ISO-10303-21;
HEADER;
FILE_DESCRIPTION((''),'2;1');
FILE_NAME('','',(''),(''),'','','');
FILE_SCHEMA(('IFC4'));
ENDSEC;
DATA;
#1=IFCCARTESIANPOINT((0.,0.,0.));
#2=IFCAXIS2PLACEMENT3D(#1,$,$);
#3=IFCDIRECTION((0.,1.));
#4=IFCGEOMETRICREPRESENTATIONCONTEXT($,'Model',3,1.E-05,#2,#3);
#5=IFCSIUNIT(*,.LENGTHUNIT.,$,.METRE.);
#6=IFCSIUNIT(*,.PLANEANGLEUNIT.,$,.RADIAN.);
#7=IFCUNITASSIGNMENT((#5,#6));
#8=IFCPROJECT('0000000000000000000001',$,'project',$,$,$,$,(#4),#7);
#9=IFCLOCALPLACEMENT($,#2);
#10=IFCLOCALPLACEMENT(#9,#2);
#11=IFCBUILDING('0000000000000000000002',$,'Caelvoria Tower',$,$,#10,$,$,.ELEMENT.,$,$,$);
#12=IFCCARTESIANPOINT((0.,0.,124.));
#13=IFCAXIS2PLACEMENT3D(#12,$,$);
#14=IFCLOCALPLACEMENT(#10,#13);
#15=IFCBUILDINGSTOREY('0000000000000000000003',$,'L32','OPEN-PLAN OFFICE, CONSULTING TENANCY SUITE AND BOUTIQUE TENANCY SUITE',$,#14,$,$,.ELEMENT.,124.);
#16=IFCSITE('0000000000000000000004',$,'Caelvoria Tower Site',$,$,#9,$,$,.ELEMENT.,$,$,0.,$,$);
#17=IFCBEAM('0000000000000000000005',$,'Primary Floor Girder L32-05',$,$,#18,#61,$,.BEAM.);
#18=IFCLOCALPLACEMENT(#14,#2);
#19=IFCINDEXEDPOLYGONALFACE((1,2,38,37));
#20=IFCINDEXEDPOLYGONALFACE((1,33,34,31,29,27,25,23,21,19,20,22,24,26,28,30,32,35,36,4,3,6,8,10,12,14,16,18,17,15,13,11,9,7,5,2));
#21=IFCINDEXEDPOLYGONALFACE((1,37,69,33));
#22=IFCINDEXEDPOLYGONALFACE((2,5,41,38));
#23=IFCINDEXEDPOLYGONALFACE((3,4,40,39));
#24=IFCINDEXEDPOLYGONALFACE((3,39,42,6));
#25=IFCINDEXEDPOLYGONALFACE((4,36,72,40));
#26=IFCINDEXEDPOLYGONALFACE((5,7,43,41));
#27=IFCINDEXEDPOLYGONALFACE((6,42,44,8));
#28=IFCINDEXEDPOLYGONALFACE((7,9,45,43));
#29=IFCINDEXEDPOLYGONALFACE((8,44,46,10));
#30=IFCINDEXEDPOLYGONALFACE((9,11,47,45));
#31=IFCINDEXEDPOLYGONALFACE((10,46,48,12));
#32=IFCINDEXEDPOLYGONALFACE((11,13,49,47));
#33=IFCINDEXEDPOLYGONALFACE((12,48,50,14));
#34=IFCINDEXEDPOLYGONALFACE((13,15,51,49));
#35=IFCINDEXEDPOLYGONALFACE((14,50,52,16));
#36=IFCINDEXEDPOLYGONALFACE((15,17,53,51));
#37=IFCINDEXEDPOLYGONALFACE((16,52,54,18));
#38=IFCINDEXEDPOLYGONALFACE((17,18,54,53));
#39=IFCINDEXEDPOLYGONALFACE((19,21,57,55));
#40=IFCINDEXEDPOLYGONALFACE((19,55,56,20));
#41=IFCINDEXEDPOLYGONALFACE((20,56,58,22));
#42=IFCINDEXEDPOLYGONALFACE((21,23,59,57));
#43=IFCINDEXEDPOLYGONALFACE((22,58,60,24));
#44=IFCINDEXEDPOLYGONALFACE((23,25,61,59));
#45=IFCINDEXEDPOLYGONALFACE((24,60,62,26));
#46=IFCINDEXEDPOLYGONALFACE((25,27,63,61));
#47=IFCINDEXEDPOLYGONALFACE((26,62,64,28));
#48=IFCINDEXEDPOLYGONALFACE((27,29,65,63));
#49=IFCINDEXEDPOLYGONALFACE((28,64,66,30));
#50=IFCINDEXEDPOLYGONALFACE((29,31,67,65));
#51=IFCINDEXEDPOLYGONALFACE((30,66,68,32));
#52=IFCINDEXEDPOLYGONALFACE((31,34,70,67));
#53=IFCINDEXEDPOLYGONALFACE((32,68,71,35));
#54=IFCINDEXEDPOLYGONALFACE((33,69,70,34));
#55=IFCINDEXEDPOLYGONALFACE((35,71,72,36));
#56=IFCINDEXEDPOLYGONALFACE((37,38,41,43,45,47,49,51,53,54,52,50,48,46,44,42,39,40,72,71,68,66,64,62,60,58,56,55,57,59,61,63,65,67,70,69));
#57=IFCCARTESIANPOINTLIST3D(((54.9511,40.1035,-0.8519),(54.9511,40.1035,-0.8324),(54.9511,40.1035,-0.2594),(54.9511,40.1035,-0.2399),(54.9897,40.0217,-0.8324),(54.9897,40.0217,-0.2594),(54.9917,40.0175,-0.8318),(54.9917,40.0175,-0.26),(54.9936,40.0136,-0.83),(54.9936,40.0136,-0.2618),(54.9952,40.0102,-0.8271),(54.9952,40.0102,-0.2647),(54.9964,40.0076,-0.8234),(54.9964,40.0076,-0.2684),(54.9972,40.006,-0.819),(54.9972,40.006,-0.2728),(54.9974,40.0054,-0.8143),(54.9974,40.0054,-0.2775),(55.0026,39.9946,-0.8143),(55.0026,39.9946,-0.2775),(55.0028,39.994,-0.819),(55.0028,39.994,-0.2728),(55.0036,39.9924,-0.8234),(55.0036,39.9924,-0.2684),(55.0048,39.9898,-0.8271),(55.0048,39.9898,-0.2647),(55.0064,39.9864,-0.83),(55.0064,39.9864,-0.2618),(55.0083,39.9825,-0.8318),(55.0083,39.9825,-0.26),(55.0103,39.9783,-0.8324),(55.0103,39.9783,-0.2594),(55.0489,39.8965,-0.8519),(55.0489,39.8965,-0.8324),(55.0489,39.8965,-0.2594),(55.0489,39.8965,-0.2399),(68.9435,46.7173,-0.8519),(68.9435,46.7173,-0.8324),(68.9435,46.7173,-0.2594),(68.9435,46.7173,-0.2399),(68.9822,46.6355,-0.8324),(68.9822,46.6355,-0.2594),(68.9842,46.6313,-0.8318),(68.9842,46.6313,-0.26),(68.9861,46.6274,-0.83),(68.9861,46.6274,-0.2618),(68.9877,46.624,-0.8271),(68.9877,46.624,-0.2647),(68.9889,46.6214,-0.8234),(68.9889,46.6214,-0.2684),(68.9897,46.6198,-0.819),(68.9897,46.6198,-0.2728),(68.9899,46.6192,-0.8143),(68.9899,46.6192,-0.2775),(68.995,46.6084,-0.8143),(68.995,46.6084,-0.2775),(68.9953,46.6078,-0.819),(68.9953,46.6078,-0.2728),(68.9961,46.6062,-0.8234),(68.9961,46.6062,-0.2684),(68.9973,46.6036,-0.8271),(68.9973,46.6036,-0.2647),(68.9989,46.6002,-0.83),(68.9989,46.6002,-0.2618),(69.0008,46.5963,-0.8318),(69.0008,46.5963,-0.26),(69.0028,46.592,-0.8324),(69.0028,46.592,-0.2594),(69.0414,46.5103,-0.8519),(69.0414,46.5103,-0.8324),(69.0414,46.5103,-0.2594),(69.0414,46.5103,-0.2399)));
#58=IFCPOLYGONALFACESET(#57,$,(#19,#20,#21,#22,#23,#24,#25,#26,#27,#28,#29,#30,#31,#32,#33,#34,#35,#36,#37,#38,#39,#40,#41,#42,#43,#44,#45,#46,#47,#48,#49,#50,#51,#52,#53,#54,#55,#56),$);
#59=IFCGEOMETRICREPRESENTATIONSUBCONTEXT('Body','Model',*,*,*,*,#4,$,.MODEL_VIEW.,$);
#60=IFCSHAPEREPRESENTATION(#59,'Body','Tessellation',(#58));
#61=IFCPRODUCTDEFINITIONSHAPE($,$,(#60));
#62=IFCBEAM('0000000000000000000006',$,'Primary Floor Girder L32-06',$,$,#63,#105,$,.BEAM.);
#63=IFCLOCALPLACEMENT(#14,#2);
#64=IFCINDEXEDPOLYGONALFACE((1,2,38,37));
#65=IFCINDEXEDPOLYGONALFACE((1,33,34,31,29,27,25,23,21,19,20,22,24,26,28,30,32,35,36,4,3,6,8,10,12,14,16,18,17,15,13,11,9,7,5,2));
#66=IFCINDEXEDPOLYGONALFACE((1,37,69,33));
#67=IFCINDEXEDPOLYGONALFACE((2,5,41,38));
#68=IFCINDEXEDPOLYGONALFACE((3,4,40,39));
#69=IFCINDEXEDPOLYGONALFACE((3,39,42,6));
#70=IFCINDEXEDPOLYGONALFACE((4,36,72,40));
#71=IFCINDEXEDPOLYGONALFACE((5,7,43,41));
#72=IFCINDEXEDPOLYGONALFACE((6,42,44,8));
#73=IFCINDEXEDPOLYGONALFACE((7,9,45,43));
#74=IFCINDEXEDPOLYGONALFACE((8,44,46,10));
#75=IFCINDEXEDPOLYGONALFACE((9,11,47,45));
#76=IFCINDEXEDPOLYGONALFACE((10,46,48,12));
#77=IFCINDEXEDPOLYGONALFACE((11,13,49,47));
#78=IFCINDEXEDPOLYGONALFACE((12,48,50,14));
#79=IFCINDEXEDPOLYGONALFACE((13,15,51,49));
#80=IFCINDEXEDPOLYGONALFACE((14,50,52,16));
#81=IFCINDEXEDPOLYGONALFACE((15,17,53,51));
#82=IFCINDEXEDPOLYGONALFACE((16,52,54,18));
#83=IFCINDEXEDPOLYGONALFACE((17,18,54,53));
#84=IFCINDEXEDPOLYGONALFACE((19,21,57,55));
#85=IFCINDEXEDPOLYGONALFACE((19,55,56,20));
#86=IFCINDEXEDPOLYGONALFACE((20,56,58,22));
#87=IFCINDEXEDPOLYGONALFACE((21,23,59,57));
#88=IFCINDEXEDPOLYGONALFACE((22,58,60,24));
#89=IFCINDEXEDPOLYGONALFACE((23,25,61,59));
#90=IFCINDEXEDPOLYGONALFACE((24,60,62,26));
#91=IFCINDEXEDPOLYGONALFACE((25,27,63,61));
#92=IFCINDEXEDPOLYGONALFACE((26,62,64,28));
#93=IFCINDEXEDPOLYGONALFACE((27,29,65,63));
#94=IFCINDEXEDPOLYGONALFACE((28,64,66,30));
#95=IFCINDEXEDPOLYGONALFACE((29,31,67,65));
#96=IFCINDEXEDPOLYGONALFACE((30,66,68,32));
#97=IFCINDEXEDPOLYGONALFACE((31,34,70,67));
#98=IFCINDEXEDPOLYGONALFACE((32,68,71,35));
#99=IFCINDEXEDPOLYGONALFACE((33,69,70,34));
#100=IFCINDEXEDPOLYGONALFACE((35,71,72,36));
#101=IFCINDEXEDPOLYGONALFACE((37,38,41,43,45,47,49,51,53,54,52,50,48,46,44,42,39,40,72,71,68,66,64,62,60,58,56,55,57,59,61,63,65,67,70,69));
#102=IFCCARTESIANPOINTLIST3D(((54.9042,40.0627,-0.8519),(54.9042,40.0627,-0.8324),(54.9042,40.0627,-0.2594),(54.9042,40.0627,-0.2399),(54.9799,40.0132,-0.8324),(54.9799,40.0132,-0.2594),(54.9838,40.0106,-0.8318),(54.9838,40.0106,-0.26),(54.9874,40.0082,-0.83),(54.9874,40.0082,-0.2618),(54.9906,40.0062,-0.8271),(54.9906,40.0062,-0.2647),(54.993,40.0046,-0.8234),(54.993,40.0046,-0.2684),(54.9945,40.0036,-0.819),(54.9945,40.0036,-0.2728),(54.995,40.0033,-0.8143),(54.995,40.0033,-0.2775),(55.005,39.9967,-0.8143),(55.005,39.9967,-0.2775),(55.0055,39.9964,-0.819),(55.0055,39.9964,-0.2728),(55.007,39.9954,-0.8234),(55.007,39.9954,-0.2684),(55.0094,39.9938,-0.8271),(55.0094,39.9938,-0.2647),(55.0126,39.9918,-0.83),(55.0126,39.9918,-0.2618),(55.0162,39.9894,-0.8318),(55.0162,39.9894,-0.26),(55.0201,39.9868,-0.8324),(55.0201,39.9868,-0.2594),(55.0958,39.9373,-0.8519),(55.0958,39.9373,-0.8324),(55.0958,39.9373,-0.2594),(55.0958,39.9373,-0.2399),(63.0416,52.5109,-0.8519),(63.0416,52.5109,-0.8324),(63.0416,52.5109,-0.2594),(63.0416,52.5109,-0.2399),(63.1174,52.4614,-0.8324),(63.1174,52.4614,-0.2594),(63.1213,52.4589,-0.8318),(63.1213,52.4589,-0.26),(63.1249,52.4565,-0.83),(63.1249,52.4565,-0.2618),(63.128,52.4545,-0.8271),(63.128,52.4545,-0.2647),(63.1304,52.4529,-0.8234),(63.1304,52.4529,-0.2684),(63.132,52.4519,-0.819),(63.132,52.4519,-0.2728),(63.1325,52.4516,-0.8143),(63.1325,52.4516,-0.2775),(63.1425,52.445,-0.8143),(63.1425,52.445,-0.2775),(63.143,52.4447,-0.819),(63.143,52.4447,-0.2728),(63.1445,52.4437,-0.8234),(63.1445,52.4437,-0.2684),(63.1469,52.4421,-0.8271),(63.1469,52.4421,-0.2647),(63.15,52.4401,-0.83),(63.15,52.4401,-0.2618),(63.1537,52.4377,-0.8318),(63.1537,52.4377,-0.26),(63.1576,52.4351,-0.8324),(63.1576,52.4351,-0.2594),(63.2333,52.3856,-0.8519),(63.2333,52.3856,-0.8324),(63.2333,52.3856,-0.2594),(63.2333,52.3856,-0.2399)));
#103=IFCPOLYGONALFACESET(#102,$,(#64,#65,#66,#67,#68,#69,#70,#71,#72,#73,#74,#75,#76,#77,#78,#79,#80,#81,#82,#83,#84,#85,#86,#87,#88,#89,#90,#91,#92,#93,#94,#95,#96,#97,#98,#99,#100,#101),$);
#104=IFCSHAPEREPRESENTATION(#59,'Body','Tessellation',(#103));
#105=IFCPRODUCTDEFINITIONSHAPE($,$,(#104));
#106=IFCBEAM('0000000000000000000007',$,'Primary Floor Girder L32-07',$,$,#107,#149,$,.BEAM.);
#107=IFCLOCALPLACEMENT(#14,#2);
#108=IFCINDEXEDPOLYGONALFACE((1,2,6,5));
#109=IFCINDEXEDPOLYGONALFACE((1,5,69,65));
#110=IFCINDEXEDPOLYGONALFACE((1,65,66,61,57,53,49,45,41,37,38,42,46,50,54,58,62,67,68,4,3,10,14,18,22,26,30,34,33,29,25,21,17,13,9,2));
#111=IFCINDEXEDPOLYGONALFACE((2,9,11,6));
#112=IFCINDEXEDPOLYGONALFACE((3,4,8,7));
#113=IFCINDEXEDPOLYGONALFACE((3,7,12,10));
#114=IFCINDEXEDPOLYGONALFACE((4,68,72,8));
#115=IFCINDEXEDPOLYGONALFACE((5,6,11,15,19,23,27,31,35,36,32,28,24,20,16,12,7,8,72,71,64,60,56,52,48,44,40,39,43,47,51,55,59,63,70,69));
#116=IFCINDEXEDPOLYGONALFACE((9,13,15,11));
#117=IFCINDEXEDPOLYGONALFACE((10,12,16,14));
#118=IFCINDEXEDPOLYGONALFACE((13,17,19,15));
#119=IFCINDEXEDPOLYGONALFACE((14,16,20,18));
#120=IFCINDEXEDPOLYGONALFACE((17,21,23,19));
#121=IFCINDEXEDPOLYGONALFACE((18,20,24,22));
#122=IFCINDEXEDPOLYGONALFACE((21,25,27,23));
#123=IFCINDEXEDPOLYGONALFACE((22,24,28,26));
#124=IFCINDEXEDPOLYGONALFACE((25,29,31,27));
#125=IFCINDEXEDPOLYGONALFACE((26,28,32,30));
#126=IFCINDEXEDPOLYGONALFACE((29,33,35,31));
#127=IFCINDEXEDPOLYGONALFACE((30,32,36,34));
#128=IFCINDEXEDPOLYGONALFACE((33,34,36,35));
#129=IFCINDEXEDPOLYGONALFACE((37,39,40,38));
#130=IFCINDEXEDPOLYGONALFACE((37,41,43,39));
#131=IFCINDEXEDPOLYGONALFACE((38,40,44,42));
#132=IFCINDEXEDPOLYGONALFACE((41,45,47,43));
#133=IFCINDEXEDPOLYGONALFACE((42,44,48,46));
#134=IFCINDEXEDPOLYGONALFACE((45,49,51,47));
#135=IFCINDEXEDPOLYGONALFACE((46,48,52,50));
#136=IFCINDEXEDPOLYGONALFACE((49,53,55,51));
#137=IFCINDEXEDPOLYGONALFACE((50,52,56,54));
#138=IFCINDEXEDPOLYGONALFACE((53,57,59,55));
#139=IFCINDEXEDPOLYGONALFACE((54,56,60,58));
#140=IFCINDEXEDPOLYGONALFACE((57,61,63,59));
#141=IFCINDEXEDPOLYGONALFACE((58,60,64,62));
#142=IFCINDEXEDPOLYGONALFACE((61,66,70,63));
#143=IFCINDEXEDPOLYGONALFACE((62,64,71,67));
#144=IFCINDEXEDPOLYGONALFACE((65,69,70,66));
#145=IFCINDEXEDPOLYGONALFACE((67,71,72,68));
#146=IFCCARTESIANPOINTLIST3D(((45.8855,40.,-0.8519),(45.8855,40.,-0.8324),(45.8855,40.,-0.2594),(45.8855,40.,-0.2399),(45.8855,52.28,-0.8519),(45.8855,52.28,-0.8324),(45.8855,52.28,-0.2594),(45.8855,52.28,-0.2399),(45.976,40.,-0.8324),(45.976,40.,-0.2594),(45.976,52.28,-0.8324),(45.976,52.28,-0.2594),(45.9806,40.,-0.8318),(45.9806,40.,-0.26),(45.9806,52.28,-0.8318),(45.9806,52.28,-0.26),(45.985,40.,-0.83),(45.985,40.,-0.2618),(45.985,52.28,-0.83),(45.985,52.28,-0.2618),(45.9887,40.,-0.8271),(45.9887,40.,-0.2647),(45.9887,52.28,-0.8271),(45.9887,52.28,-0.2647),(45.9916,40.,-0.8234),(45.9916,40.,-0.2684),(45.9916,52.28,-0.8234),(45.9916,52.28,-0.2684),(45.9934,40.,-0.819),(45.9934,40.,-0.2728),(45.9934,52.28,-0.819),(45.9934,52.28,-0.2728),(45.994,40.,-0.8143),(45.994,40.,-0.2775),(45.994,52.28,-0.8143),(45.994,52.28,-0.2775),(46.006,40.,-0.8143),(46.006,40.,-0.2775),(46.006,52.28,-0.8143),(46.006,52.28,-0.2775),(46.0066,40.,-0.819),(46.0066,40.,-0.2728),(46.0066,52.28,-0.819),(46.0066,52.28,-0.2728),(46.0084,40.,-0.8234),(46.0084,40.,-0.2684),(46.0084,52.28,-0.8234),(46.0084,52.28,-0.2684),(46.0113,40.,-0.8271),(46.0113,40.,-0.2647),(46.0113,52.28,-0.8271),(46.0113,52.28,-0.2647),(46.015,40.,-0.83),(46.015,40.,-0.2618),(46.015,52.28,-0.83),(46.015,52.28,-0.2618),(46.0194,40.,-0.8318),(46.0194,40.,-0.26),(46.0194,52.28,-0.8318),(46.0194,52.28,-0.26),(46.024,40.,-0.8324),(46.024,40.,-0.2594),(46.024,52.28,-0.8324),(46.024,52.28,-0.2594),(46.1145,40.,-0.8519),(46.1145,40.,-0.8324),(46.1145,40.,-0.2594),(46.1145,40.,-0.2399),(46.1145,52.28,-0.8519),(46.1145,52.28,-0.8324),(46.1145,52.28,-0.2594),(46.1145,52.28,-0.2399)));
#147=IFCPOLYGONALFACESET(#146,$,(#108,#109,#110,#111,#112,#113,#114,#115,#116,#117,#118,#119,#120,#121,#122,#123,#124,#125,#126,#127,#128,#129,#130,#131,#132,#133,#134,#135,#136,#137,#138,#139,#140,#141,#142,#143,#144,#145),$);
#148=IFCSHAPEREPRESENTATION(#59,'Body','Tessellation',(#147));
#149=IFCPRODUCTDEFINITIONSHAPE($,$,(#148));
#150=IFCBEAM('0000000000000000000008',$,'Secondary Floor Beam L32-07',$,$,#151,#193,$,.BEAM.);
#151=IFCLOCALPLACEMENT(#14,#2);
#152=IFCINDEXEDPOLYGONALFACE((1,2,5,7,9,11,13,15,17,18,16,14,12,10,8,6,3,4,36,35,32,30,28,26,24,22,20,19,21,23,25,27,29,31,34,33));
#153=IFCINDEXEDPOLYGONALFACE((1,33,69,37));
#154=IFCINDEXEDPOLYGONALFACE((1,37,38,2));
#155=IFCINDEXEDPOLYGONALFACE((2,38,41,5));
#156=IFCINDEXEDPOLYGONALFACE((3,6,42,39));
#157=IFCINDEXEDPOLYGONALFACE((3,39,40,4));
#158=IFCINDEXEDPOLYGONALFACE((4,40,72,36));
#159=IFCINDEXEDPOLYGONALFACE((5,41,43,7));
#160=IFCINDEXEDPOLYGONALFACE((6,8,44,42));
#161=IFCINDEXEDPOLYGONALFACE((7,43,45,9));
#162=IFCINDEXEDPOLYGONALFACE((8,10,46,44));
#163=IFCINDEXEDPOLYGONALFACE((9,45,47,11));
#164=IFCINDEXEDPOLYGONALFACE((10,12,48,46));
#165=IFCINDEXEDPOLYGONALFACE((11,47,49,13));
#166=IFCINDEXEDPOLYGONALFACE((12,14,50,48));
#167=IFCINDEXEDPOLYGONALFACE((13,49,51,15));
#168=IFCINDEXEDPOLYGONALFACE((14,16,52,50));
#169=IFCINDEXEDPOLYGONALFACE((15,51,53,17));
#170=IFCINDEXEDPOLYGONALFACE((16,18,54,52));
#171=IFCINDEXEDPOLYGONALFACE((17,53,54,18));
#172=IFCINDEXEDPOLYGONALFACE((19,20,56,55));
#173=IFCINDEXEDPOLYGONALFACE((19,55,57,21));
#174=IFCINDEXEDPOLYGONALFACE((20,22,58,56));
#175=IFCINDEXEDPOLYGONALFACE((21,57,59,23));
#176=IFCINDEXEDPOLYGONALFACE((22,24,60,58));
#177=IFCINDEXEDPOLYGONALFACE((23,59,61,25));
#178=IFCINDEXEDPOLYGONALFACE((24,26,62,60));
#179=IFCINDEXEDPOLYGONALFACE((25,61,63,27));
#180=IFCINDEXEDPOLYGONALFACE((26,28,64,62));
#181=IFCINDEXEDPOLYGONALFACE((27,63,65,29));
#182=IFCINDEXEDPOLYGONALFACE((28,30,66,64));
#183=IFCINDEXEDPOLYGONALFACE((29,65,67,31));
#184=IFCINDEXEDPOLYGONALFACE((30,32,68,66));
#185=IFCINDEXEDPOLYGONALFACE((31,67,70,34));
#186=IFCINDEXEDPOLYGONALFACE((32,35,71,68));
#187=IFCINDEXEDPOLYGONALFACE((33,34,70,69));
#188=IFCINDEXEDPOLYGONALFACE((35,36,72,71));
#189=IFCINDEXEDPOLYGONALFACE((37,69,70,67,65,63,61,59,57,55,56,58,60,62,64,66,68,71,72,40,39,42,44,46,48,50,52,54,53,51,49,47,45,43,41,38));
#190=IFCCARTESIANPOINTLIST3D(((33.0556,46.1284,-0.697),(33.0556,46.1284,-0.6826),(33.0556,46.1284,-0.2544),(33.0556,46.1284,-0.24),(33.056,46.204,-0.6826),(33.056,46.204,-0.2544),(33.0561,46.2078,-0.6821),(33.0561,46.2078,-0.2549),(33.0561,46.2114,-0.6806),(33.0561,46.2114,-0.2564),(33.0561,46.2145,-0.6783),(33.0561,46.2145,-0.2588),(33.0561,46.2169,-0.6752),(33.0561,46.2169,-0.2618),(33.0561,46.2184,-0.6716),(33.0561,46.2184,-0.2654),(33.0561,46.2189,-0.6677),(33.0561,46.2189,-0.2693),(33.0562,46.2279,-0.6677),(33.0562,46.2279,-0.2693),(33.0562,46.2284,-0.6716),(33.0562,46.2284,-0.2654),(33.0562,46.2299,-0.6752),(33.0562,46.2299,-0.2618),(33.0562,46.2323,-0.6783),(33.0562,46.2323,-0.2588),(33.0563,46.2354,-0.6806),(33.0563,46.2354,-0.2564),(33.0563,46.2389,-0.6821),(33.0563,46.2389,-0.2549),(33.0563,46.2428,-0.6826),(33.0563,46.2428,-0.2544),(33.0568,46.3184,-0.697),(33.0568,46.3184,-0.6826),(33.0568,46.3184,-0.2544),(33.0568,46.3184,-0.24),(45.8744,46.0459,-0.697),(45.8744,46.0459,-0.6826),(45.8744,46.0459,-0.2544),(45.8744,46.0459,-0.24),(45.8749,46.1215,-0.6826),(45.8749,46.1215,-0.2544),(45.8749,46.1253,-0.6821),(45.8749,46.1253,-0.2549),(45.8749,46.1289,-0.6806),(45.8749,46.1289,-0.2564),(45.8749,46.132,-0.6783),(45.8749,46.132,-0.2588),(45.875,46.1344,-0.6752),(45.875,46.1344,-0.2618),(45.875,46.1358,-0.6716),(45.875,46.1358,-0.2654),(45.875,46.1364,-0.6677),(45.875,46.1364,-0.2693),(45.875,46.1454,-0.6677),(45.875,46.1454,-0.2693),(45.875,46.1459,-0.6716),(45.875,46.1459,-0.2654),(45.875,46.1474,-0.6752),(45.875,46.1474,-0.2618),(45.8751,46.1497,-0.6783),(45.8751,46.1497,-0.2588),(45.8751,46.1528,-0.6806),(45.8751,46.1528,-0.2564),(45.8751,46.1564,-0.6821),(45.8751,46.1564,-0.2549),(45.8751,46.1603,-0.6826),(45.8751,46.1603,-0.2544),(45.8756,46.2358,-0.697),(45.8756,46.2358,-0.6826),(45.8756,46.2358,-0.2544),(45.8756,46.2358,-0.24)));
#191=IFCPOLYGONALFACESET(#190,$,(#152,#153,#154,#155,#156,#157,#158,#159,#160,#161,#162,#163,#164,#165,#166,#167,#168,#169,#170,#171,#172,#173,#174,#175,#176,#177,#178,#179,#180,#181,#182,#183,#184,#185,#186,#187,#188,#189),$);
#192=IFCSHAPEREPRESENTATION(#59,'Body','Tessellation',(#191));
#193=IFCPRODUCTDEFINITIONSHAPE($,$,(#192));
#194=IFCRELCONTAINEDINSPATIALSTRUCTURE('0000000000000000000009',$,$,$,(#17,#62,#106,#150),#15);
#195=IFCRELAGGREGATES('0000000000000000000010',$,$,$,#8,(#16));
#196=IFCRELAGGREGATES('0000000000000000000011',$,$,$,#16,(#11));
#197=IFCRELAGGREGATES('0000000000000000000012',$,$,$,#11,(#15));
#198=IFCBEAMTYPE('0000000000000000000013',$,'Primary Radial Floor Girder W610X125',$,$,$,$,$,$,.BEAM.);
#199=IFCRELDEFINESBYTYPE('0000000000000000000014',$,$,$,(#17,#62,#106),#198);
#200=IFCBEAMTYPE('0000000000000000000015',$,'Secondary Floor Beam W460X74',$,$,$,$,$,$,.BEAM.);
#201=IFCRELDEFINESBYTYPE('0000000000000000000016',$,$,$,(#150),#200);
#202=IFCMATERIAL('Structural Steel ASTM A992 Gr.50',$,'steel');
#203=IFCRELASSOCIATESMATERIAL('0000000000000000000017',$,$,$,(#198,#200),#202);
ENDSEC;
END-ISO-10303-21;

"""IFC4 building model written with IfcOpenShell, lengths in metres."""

from ifc_helpers import new_model, si_unit, direction, frame, origin, origin_2d, place, context, subcontext, project, spatial, i_section, extrude, material, material_profile, profile_set, type_object, element, save


model = new_model("IFC4")

# Units and contexts
model_context = context("Model", 3, precision=1e-05, world=origin(), true_north=direction((0.0, 1.0)))
body_context = subcontext(model_context, "Body", "Model", "MODEL_VIEW")
ifc_project = project(units=[si_unit("LENGTHUNIT", "METRE"), si_unit("PLANEANGLEUNIT", "RADIAN")], contexts=[model_context])

# Site, building, storey
site_placement = place(None, origin())
site = spatial("IfcSite", under=ifc_project, at=site_placement, Name="Caelvoria Tower Site", CompositionType="ELEMENT", RefElevation=0.0)
building_placement = place(site_placement, origin())
building = spatial("IfcBuilding", under=site, at=building_placement, Name="Caelvoria Tower", CompositionType="ELEMENT")
storey_placement = place(building_placement, frame((0.0, 0.0, 124.0)))
storey = spatial("IfcBuildingStorey", under=building, at=storey_placement, Name="L32", Description="OPEN-PLAN OFFICE, CONSULTING TENANCY SUITE AND BOUTIQUE TENANCY SUITE", CompositionType="ELEMENT", Elevation=124.0)

# Beams
ifc_material_1 = material(Name="Structural Steel ASTM A992 Gr.50", Category="steel")
ifc_material_profile_1 = material_profile(ifc_material_1, i_section(OverallWidth=0.229, OverallDepth=0.6121, WebThickness=0.012, FlangeThickness=0.0195, FilletRadius=0.0181, at=origin_2d()), Name="Structural Steel ASTM A992 Gr.50")
ifc_profile_set_1 = profile_set([ifc_material_profile_1], Name="W610X125 - Structural Steel ASTM A992 Gr.50")
beam_type_1 = type_object("IfcBeamType", Name="Primary Radial Floor Girder W610X125", PredefinedType="BEAM", material=ifc_profile_set_1)
beam_1_placement = place(storey_placement, frame((55.0, 40.0, -0.5459), z_axis=(0.904093, 0.427336, 0.0), x_axis=(-0.427336, 0.904093, 0.0)))
element("IfcBeam", 1, at=beam_1_placement, inside=storey, type_object=beam_type_1, Name="Primary Floor Girder L32-05", PredefinedType="BEAM", context=body_context, shape_type="SweptSolid", body=[
    extrude(i_section(OverallWidth=0.229, OverallDepth=0.6121, WebThickness=0.012, FlangeThickness=0.0195, FilletRadius=0.0181, at=origin_2d()), origin(), (0.0, 0.0, 1.0), 15.4768),
])
beam_2_placement = place(storey_placement, frame((55.0, 40.0, -0.5459), z_axis=(0.547165, 0.837025, 0.0), x_axis=(-0.837025, 0.547165, 0.0)))
element("IfcBeam", 2, at=beam_2_placement, inside=storey, type_object=beam_type_1, Name="Primary Floor Girder L32-06", PredefinedType="BEAM", context=body_context, shape_type="SweptSolid", body=[
    extrude(i_section(OverallWidth=0.229, OverallDepth=0.6121, WebThickness=0.012, FlangeThickness=0.0195, FilletRadius=0.0181, at=origin_2d()), origin(), (0.0, 0.0, 1.0), 14.8721),
])
beam_3_placement = place(storey_placement, frame((46.0, 40.0, -0.5459), z_axis=(0.0, 1.0, 0.0), x_axis=(-1.0, 0.0, 0.0)))
element("IfcBeam", 3, at=beam_3_placement, inside=storey, type_object=beam_type_1, Name="Primary Floor Girder L32-07", PredefinedType="BEAM", context=body_context, shape_type="SweptSolid", body=[
    extrude(i_section(OverallWidth=0.229, OverallDepth=0.6121, WebThickness=0.012, FlangeThickness=0.0195, FilletRadius=0.0181, at=origin_2d()), origin(), (0.0, 0.0, 1.0), 12.28),
])
ifc_material_profile_2 = material_profile(ifc_material_1, i_section(OverallWidth=0.1899, OverallDepth=0.457, WebThickness=0.009, FlangeThickness=0.0144, FilletRadius=0.0149, at=origin_2d()), Name="Structural Steel ASTM A992 Gr.50")
ifc_profile_set_2 = profile_set([ifc_material_profile_2], Name="W460X74 - Structural Steel ASTM A992 Gr.50")
beam_type_2 = type_object("IfcBeamType", Name="Secondary Floor Beam W460X74", PredefinedType="BEAM", material=ifc_profile_set_2)
beam_4_placement = place(storey_placement, frame((45.875, 46.1409, -0.4685), z_axis=(-0.999979, 0.006437, 0.0), x_axis=(-0.006437, -0.999979, 0.0)))
element("IfcBeam", 4, at=beam_4_placement, inside=storey, type_object=beam_type_2, Name="Secondary Floor Beam L32-07", PredefinedType="BEAM", context=body_context, shape_type="SweptSolid", body=[
    extrude(i_section(OverallWidth=0.1899, OverallDepth=0.457, WebThickness=0.009, FlangeThickness=0.0144, FilletRadius=0.0149, at=origin_2d()), origin(), (0.0, 0.0, 1.0), 12.8191),
])

save(model, "model.ifc")
